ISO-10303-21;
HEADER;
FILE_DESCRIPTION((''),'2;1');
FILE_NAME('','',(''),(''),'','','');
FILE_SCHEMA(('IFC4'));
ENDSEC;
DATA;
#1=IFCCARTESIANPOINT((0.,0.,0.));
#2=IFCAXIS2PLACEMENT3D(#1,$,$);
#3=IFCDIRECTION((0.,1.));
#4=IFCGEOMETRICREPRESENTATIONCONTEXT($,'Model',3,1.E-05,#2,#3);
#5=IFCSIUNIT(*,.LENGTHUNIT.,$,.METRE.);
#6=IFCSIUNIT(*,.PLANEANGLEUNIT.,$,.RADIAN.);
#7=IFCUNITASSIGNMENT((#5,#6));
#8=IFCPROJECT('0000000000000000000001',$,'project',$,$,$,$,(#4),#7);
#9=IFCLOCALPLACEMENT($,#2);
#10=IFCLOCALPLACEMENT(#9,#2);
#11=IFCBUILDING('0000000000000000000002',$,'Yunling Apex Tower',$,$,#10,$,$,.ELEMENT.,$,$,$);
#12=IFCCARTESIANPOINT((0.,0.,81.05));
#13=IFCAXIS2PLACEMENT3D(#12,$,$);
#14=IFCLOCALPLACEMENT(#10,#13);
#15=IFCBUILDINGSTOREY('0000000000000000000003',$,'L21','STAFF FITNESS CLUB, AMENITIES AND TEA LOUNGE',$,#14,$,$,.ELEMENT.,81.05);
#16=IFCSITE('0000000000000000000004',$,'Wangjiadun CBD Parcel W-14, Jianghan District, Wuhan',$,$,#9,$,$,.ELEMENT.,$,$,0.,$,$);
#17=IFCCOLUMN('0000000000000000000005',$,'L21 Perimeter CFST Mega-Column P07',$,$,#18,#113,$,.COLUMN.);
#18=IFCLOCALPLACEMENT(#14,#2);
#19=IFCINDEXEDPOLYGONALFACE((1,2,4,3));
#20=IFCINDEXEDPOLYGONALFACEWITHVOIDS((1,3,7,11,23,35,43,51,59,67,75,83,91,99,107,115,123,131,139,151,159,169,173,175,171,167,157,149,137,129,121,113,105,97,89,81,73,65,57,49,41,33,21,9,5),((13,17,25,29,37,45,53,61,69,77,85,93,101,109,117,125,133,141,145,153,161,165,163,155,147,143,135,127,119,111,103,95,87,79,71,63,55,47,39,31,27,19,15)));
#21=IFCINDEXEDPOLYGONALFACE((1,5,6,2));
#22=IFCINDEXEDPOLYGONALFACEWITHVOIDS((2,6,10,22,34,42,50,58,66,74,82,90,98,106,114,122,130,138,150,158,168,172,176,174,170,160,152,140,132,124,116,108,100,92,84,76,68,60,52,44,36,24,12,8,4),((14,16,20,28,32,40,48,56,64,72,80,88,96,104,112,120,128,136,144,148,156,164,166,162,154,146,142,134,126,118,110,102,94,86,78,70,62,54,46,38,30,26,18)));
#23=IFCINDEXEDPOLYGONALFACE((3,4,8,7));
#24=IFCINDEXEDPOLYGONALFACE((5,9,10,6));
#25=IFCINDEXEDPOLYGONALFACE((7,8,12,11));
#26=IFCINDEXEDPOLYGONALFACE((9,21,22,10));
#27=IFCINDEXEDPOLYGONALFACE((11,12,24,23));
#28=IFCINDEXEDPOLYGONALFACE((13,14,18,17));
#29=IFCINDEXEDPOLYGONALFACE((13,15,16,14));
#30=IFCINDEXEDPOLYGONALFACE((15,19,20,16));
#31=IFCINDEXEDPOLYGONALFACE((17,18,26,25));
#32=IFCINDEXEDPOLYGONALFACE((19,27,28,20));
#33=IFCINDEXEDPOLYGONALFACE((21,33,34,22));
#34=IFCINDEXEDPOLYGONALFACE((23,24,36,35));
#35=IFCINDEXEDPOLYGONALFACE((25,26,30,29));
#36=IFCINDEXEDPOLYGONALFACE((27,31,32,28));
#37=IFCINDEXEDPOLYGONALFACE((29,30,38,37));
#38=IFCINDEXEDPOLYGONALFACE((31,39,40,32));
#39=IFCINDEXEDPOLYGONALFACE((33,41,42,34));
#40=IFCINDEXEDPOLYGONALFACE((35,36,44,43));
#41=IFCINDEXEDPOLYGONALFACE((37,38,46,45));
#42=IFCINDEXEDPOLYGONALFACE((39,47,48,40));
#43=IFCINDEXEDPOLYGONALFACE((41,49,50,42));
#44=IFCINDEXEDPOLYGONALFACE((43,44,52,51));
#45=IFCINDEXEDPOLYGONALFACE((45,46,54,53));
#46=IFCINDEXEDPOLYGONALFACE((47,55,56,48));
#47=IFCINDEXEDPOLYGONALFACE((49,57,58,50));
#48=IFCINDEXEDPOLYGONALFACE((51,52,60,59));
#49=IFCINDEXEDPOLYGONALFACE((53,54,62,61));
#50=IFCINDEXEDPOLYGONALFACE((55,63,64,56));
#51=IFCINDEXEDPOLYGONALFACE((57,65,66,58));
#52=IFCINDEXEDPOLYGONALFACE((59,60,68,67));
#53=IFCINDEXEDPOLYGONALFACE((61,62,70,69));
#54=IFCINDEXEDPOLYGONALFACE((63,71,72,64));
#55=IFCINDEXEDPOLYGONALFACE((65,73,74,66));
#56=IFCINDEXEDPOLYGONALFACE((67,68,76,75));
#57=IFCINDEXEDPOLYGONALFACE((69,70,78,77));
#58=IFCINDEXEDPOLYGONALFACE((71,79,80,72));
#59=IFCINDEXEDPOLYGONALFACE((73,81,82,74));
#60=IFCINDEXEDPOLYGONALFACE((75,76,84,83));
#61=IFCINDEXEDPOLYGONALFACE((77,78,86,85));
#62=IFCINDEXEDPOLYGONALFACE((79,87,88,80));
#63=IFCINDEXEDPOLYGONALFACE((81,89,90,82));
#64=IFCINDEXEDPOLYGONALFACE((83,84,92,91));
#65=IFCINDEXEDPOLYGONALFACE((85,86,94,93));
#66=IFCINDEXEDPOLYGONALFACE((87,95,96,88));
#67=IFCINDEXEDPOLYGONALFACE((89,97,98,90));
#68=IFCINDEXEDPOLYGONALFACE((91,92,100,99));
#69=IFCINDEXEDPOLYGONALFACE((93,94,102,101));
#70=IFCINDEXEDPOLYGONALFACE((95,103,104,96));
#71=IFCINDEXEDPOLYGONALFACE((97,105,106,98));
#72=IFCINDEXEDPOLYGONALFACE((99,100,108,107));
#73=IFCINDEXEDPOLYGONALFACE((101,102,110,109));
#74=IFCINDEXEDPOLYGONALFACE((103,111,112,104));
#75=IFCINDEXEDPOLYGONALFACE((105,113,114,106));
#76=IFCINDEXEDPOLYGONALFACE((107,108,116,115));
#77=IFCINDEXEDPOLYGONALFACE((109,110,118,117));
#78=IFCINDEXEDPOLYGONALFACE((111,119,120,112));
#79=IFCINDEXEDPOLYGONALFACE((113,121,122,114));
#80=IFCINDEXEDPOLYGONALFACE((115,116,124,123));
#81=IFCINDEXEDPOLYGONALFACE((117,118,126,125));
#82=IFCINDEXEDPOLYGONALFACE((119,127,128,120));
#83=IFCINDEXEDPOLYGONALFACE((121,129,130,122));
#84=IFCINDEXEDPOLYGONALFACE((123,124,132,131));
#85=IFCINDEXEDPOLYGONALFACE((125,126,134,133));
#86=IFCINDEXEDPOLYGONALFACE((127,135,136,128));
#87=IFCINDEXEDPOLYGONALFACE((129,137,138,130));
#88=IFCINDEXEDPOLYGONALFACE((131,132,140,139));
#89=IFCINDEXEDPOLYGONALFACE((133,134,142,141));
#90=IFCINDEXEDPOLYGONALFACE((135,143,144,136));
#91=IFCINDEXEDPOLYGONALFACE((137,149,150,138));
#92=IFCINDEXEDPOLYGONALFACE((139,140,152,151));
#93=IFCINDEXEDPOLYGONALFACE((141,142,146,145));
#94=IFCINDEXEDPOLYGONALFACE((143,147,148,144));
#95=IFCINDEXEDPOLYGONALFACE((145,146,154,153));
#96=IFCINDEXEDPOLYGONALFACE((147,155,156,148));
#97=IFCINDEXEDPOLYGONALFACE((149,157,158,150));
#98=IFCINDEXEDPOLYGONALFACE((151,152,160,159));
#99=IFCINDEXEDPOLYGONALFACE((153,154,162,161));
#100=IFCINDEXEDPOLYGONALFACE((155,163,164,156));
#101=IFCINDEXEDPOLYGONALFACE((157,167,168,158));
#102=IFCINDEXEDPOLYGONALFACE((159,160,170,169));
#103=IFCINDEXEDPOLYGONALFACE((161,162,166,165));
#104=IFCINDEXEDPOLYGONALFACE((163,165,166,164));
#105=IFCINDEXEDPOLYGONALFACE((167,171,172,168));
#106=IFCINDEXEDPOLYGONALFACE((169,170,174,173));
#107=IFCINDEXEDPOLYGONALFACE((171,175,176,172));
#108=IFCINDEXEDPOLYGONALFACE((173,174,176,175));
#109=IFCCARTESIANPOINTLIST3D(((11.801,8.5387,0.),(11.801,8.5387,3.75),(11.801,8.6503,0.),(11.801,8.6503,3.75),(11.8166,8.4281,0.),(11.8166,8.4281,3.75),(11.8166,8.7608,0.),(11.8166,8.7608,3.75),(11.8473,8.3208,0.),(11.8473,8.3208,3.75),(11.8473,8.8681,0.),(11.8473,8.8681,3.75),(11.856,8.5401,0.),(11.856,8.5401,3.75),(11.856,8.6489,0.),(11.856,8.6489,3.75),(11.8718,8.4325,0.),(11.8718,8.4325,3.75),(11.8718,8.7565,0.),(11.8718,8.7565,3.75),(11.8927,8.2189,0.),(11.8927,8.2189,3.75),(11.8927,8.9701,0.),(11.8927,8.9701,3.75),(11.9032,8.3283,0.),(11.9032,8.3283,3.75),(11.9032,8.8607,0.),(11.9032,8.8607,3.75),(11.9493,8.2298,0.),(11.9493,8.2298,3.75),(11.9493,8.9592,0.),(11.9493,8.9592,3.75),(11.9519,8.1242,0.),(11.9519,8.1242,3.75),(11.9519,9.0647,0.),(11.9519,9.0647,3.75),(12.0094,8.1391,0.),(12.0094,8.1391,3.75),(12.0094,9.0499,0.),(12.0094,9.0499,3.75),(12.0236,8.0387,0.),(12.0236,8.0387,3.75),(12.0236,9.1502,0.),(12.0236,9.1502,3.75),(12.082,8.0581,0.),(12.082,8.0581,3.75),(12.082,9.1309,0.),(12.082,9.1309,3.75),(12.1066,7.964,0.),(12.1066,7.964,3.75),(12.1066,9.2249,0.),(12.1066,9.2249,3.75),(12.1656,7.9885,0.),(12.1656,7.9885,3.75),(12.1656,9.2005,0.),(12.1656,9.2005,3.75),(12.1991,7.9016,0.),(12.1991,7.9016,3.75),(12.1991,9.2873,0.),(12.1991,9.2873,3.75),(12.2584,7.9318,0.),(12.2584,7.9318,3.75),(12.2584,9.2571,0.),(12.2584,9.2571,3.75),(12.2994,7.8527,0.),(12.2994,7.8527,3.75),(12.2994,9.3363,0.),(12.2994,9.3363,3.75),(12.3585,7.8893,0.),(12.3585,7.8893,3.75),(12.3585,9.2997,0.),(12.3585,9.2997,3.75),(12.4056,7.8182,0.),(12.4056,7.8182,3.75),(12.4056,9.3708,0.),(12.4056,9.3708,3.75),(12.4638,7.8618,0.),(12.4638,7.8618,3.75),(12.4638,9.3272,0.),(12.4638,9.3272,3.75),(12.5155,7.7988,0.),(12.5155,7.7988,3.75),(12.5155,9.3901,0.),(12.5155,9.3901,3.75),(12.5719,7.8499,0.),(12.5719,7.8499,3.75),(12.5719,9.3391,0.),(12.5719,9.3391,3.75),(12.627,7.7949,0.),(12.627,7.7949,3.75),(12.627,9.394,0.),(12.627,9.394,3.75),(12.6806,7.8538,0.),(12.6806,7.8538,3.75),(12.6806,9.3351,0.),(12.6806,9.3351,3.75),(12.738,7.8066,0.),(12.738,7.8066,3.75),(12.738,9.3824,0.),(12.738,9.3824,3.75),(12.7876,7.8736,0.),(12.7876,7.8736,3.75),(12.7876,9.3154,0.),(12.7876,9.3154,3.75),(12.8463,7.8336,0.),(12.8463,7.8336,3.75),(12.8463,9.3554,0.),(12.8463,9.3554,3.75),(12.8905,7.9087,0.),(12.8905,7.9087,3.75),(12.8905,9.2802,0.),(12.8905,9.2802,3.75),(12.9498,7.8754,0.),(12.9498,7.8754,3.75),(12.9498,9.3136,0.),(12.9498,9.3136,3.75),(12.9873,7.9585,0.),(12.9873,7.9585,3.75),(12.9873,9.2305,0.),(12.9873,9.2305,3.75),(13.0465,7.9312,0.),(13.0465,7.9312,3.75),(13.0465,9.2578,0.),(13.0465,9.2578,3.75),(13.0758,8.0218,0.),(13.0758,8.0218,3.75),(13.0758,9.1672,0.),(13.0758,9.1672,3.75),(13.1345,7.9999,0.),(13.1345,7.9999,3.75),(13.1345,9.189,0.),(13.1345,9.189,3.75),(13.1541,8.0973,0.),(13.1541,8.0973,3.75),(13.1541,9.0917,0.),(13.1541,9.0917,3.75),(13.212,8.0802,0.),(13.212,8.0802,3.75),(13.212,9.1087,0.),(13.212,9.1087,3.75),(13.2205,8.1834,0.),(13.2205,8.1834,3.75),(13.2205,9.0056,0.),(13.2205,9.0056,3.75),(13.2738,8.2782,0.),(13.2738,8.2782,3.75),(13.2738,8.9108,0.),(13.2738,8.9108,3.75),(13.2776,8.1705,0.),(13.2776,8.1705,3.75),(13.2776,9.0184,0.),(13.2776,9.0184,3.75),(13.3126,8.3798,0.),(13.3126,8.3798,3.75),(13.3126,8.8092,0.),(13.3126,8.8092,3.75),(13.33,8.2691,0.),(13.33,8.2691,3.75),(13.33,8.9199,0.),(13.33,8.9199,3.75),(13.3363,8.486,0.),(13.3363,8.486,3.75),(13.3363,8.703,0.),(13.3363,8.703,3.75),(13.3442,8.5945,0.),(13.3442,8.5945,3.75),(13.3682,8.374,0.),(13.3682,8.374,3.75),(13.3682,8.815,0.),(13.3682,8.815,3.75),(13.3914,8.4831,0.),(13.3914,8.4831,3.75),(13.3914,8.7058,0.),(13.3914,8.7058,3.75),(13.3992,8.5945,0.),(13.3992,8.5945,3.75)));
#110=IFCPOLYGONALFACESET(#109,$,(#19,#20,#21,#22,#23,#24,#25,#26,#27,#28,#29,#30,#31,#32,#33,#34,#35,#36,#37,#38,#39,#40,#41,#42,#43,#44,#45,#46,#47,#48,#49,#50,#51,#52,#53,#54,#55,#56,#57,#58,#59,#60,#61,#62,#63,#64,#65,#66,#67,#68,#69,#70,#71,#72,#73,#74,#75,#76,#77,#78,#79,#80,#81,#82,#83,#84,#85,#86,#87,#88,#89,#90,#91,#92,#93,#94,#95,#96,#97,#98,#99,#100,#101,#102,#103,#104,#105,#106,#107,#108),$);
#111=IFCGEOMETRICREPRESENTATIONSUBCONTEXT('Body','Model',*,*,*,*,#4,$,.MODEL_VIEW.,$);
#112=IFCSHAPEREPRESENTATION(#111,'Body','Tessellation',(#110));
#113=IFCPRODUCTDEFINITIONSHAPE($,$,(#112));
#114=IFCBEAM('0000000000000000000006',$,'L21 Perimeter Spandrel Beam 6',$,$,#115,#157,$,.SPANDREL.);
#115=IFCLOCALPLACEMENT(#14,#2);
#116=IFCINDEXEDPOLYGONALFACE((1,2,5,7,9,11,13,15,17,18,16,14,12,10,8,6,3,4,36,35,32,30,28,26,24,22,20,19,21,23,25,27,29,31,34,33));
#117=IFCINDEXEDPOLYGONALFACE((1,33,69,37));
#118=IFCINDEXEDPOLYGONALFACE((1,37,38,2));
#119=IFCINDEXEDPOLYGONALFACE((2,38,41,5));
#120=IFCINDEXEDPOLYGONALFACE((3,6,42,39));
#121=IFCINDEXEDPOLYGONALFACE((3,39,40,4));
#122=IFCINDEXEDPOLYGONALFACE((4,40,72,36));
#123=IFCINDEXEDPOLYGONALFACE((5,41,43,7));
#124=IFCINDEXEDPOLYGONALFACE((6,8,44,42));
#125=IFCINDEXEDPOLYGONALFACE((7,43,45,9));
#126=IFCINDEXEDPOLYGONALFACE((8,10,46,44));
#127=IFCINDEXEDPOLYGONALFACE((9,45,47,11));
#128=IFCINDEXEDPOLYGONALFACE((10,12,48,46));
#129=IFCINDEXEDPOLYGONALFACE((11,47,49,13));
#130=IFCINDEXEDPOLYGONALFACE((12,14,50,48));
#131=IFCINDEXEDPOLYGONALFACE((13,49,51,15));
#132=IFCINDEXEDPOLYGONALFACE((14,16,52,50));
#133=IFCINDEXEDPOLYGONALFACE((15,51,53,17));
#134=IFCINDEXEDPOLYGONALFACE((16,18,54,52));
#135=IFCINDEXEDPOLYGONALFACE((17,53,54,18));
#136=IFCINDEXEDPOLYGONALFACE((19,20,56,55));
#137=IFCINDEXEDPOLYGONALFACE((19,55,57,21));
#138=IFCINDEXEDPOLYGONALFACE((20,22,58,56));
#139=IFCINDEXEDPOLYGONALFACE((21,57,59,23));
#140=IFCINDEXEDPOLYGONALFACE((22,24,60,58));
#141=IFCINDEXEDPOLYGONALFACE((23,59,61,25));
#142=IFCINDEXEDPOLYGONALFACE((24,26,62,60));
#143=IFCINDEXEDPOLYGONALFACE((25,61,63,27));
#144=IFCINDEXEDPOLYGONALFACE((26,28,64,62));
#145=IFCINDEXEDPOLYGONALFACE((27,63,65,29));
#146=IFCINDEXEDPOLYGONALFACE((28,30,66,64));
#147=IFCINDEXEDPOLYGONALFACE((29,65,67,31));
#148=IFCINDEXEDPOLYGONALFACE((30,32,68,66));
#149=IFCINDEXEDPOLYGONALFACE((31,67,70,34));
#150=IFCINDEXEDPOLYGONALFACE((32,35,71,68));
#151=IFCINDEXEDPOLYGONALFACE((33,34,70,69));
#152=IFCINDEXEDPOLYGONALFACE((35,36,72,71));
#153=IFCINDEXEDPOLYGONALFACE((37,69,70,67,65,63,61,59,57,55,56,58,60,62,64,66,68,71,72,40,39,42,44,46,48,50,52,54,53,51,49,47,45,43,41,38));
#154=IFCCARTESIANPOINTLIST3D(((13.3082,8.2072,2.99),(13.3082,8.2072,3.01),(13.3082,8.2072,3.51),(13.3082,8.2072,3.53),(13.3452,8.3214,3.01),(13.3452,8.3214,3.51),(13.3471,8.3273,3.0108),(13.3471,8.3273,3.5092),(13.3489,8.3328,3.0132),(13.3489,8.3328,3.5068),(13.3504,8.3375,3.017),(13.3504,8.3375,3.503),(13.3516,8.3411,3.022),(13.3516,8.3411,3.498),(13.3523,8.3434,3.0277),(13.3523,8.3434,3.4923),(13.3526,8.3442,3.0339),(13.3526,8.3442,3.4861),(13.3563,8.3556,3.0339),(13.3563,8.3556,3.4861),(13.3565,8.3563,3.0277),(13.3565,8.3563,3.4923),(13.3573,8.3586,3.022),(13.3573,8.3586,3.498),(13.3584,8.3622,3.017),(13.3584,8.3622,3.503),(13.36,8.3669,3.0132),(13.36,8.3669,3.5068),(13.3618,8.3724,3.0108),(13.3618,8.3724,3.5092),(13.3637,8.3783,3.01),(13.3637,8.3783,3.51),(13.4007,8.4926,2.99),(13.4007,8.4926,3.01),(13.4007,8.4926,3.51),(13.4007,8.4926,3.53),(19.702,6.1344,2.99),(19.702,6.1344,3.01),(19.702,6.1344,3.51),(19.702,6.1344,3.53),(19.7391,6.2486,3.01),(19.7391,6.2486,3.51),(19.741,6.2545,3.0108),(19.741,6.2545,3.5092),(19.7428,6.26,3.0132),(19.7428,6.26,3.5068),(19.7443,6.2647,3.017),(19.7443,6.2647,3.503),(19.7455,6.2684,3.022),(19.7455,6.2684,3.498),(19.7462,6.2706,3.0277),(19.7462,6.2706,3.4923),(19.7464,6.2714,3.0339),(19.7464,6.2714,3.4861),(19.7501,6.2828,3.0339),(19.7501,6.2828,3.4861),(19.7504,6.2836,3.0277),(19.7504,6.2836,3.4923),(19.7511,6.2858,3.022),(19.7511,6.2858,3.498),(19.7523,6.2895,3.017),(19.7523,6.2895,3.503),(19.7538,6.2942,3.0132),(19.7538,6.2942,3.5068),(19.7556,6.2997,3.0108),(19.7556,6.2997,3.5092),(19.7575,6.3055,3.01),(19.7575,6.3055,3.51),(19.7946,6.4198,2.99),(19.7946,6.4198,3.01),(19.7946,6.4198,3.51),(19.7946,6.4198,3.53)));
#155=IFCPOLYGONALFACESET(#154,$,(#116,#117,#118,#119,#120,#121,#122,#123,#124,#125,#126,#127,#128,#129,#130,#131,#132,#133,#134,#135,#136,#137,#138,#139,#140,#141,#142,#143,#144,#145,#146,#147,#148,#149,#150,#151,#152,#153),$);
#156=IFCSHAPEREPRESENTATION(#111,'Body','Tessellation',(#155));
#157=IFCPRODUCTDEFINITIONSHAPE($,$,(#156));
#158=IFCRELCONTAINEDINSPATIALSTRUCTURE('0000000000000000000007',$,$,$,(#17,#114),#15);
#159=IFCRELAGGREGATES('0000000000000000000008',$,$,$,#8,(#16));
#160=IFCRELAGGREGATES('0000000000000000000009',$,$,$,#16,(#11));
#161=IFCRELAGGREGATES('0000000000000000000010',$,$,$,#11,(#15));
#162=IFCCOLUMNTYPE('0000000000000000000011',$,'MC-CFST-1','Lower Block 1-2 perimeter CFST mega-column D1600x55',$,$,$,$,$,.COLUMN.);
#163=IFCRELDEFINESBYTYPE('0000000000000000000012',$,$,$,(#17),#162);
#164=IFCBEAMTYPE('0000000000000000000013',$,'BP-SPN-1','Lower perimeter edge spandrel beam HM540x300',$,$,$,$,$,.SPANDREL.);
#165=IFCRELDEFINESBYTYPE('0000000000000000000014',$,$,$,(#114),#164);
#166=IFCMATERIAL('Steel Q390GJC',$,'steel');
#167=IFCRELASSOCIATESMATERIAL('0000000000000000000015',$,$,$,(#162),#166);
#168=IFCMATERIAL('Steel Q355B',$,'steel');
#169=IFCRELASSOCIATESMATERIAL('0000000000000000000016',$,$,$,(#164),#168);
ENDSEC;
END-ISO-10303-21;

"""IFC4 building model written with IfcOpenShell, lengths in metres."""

from ifc_helpers import new_model, si_unit, direction, frame, origin, origin_2d, place, context, subcontext, project, spatial, hollow_circle, i_section, extrude, source, transform, mapped, material, material_profile, profile_set, type_object, element, save


model = new_model("IFC4")

# Units and contexts
model_context = context("Model", 3, precision=1e-05, world=origin(), true_north=direction((0.0, 1.0)))
body_context = subcontext(model_context, "Body", "Model", "MODEL_VIEW")
ifc_project = project(units=[si_unit("LENGTHUNIT", "METRE"), si_unit("PLANEANGLEUNIT", "RADIAN")], contexts=[model_context])

# Site, building, storey
site_placement = place(None, origin())
site = spatial("IfcSite", under=ifc_project, at=site_placement, Name="Wangjiadun CBD Parcel W-14, Jianghan District, Wuhan", CompositionType="ELEMENT", RefElevation=0.0)
building_placement = place(site_placement, origin())
building = spatial("IfcBuilding", under=site, at=building_placement, Name="Yunling Apex Tower", CompositionType="ELEMENT")
storey_placement = place(building_placement, frame((0.0, 0.0, 81.05)))
storey = spatial("IfcBuildingStorey", under=building, at=storey_placement, Name="L21", Description="STAFF FITNESS CLUB, AMENITIES AND TEA LOUNGE", CompositionType="ELEMENT", Elevation=81.05)

# Column
ifc_material_1 = material(Name="Steel Q390GJC", Category="steel")
ifc_material_profile_1 = material_profile(ifc_material_1, hollow_circle(Radius=0.8, WallThickness=0.0549, at=origin_2d()))
ifc_profile_set_1 = profile_set([ifc_material_profile_1], Name="Steel Q390GJC")
column_type = type_object("IfcColumnType", Name="MC-CFST-1", Description="Lower Block 1-2 perimeter CFST mega-column D1600x55", PredefinedType="COLUMN", material=ifc_profile_set_1)
shared_shape_1 = source(origin(), body_context, "Body", "SweptSolid", [
    extrude(hollow_circle(Radius=0.8, WallThickness=0.0549, at=origin_2d()), origin(), (0.0, 0.0, 1.0), 3.75),
])
for number, where, z_axis, x_axis, name in (
    (1, (12.5991, 8.5945, 0.0), (0.0, 0.0, 1.0), (1.0, 0.0, 0.0), "L21 Perimeter CFST Mega-Column P07"),
):
    element("IfcColumn", number, at=place(storey_placement, frame(where, z_axis=z_axis, x_axis=x_axis)), inside=storey, type_object=column_type, Name=name, PredefinedType="COLUMN", context=body_context, shape_type="MappedRepresentation", body=[
        mapped(shared_shape_1, transform((0.0, 0.0, 0.0), scale=1.0)),
    ])

# Beam
ifc_material_2 = material(Name="Steel Q355B", Category="steel")
ifc_material_profile_2 = material_profile(ifc_material_2, i_section(OverallWidth=0.3, OverallDepth=0.54, WebThickness=0.012, FlangeThickness=0.02, FilletRadius=0.0239, at=origin_2d()))
ifc_profile_set_2 = profile_set([ifc_material_profile_2], Name="Steel Q355B")
beam_type_1 = type_object("IfcBeamType", Name="BP-SPN-1", Description="Lower perimeter edge spandrel beam HM540x300", PredefinedType="SPANDREL", material=ifc_profile_set_2)
shared_shape_2 = source(origin(), body_context, "Body", "SweptSolid", [
    extrude(i_section(OverallWidth=0.3, OverallDepth=0.54, WebThickness=0.012, FlangeThickness=0.02, FilletRadius=0.0239, at=origin_2d()), origin(), (0.0, 0.0, 1.0), 6.7214),
])
beam_1_placement = place(storey_placement, frame((19.7483, 6.2771, 3.26), z_axis=(-0.951263, 0.308382, 0.0), x_axis=(-0.308382, -0.951263, 0.0)))
element("IfcBeam", 2, at=beam_1_placement, inside=storey, type_object=beam_type_1, Name="L21 Perimeter Spandrel Beam 6", PredefinedType="SPANDREL", context=body_context, shape_type="MappedRepresentation", body=[
    mapped(shared_shape_2, transform((0.0, 0.0, 0.0), scale=1.0)),
])

save(model, "model.ifc")
